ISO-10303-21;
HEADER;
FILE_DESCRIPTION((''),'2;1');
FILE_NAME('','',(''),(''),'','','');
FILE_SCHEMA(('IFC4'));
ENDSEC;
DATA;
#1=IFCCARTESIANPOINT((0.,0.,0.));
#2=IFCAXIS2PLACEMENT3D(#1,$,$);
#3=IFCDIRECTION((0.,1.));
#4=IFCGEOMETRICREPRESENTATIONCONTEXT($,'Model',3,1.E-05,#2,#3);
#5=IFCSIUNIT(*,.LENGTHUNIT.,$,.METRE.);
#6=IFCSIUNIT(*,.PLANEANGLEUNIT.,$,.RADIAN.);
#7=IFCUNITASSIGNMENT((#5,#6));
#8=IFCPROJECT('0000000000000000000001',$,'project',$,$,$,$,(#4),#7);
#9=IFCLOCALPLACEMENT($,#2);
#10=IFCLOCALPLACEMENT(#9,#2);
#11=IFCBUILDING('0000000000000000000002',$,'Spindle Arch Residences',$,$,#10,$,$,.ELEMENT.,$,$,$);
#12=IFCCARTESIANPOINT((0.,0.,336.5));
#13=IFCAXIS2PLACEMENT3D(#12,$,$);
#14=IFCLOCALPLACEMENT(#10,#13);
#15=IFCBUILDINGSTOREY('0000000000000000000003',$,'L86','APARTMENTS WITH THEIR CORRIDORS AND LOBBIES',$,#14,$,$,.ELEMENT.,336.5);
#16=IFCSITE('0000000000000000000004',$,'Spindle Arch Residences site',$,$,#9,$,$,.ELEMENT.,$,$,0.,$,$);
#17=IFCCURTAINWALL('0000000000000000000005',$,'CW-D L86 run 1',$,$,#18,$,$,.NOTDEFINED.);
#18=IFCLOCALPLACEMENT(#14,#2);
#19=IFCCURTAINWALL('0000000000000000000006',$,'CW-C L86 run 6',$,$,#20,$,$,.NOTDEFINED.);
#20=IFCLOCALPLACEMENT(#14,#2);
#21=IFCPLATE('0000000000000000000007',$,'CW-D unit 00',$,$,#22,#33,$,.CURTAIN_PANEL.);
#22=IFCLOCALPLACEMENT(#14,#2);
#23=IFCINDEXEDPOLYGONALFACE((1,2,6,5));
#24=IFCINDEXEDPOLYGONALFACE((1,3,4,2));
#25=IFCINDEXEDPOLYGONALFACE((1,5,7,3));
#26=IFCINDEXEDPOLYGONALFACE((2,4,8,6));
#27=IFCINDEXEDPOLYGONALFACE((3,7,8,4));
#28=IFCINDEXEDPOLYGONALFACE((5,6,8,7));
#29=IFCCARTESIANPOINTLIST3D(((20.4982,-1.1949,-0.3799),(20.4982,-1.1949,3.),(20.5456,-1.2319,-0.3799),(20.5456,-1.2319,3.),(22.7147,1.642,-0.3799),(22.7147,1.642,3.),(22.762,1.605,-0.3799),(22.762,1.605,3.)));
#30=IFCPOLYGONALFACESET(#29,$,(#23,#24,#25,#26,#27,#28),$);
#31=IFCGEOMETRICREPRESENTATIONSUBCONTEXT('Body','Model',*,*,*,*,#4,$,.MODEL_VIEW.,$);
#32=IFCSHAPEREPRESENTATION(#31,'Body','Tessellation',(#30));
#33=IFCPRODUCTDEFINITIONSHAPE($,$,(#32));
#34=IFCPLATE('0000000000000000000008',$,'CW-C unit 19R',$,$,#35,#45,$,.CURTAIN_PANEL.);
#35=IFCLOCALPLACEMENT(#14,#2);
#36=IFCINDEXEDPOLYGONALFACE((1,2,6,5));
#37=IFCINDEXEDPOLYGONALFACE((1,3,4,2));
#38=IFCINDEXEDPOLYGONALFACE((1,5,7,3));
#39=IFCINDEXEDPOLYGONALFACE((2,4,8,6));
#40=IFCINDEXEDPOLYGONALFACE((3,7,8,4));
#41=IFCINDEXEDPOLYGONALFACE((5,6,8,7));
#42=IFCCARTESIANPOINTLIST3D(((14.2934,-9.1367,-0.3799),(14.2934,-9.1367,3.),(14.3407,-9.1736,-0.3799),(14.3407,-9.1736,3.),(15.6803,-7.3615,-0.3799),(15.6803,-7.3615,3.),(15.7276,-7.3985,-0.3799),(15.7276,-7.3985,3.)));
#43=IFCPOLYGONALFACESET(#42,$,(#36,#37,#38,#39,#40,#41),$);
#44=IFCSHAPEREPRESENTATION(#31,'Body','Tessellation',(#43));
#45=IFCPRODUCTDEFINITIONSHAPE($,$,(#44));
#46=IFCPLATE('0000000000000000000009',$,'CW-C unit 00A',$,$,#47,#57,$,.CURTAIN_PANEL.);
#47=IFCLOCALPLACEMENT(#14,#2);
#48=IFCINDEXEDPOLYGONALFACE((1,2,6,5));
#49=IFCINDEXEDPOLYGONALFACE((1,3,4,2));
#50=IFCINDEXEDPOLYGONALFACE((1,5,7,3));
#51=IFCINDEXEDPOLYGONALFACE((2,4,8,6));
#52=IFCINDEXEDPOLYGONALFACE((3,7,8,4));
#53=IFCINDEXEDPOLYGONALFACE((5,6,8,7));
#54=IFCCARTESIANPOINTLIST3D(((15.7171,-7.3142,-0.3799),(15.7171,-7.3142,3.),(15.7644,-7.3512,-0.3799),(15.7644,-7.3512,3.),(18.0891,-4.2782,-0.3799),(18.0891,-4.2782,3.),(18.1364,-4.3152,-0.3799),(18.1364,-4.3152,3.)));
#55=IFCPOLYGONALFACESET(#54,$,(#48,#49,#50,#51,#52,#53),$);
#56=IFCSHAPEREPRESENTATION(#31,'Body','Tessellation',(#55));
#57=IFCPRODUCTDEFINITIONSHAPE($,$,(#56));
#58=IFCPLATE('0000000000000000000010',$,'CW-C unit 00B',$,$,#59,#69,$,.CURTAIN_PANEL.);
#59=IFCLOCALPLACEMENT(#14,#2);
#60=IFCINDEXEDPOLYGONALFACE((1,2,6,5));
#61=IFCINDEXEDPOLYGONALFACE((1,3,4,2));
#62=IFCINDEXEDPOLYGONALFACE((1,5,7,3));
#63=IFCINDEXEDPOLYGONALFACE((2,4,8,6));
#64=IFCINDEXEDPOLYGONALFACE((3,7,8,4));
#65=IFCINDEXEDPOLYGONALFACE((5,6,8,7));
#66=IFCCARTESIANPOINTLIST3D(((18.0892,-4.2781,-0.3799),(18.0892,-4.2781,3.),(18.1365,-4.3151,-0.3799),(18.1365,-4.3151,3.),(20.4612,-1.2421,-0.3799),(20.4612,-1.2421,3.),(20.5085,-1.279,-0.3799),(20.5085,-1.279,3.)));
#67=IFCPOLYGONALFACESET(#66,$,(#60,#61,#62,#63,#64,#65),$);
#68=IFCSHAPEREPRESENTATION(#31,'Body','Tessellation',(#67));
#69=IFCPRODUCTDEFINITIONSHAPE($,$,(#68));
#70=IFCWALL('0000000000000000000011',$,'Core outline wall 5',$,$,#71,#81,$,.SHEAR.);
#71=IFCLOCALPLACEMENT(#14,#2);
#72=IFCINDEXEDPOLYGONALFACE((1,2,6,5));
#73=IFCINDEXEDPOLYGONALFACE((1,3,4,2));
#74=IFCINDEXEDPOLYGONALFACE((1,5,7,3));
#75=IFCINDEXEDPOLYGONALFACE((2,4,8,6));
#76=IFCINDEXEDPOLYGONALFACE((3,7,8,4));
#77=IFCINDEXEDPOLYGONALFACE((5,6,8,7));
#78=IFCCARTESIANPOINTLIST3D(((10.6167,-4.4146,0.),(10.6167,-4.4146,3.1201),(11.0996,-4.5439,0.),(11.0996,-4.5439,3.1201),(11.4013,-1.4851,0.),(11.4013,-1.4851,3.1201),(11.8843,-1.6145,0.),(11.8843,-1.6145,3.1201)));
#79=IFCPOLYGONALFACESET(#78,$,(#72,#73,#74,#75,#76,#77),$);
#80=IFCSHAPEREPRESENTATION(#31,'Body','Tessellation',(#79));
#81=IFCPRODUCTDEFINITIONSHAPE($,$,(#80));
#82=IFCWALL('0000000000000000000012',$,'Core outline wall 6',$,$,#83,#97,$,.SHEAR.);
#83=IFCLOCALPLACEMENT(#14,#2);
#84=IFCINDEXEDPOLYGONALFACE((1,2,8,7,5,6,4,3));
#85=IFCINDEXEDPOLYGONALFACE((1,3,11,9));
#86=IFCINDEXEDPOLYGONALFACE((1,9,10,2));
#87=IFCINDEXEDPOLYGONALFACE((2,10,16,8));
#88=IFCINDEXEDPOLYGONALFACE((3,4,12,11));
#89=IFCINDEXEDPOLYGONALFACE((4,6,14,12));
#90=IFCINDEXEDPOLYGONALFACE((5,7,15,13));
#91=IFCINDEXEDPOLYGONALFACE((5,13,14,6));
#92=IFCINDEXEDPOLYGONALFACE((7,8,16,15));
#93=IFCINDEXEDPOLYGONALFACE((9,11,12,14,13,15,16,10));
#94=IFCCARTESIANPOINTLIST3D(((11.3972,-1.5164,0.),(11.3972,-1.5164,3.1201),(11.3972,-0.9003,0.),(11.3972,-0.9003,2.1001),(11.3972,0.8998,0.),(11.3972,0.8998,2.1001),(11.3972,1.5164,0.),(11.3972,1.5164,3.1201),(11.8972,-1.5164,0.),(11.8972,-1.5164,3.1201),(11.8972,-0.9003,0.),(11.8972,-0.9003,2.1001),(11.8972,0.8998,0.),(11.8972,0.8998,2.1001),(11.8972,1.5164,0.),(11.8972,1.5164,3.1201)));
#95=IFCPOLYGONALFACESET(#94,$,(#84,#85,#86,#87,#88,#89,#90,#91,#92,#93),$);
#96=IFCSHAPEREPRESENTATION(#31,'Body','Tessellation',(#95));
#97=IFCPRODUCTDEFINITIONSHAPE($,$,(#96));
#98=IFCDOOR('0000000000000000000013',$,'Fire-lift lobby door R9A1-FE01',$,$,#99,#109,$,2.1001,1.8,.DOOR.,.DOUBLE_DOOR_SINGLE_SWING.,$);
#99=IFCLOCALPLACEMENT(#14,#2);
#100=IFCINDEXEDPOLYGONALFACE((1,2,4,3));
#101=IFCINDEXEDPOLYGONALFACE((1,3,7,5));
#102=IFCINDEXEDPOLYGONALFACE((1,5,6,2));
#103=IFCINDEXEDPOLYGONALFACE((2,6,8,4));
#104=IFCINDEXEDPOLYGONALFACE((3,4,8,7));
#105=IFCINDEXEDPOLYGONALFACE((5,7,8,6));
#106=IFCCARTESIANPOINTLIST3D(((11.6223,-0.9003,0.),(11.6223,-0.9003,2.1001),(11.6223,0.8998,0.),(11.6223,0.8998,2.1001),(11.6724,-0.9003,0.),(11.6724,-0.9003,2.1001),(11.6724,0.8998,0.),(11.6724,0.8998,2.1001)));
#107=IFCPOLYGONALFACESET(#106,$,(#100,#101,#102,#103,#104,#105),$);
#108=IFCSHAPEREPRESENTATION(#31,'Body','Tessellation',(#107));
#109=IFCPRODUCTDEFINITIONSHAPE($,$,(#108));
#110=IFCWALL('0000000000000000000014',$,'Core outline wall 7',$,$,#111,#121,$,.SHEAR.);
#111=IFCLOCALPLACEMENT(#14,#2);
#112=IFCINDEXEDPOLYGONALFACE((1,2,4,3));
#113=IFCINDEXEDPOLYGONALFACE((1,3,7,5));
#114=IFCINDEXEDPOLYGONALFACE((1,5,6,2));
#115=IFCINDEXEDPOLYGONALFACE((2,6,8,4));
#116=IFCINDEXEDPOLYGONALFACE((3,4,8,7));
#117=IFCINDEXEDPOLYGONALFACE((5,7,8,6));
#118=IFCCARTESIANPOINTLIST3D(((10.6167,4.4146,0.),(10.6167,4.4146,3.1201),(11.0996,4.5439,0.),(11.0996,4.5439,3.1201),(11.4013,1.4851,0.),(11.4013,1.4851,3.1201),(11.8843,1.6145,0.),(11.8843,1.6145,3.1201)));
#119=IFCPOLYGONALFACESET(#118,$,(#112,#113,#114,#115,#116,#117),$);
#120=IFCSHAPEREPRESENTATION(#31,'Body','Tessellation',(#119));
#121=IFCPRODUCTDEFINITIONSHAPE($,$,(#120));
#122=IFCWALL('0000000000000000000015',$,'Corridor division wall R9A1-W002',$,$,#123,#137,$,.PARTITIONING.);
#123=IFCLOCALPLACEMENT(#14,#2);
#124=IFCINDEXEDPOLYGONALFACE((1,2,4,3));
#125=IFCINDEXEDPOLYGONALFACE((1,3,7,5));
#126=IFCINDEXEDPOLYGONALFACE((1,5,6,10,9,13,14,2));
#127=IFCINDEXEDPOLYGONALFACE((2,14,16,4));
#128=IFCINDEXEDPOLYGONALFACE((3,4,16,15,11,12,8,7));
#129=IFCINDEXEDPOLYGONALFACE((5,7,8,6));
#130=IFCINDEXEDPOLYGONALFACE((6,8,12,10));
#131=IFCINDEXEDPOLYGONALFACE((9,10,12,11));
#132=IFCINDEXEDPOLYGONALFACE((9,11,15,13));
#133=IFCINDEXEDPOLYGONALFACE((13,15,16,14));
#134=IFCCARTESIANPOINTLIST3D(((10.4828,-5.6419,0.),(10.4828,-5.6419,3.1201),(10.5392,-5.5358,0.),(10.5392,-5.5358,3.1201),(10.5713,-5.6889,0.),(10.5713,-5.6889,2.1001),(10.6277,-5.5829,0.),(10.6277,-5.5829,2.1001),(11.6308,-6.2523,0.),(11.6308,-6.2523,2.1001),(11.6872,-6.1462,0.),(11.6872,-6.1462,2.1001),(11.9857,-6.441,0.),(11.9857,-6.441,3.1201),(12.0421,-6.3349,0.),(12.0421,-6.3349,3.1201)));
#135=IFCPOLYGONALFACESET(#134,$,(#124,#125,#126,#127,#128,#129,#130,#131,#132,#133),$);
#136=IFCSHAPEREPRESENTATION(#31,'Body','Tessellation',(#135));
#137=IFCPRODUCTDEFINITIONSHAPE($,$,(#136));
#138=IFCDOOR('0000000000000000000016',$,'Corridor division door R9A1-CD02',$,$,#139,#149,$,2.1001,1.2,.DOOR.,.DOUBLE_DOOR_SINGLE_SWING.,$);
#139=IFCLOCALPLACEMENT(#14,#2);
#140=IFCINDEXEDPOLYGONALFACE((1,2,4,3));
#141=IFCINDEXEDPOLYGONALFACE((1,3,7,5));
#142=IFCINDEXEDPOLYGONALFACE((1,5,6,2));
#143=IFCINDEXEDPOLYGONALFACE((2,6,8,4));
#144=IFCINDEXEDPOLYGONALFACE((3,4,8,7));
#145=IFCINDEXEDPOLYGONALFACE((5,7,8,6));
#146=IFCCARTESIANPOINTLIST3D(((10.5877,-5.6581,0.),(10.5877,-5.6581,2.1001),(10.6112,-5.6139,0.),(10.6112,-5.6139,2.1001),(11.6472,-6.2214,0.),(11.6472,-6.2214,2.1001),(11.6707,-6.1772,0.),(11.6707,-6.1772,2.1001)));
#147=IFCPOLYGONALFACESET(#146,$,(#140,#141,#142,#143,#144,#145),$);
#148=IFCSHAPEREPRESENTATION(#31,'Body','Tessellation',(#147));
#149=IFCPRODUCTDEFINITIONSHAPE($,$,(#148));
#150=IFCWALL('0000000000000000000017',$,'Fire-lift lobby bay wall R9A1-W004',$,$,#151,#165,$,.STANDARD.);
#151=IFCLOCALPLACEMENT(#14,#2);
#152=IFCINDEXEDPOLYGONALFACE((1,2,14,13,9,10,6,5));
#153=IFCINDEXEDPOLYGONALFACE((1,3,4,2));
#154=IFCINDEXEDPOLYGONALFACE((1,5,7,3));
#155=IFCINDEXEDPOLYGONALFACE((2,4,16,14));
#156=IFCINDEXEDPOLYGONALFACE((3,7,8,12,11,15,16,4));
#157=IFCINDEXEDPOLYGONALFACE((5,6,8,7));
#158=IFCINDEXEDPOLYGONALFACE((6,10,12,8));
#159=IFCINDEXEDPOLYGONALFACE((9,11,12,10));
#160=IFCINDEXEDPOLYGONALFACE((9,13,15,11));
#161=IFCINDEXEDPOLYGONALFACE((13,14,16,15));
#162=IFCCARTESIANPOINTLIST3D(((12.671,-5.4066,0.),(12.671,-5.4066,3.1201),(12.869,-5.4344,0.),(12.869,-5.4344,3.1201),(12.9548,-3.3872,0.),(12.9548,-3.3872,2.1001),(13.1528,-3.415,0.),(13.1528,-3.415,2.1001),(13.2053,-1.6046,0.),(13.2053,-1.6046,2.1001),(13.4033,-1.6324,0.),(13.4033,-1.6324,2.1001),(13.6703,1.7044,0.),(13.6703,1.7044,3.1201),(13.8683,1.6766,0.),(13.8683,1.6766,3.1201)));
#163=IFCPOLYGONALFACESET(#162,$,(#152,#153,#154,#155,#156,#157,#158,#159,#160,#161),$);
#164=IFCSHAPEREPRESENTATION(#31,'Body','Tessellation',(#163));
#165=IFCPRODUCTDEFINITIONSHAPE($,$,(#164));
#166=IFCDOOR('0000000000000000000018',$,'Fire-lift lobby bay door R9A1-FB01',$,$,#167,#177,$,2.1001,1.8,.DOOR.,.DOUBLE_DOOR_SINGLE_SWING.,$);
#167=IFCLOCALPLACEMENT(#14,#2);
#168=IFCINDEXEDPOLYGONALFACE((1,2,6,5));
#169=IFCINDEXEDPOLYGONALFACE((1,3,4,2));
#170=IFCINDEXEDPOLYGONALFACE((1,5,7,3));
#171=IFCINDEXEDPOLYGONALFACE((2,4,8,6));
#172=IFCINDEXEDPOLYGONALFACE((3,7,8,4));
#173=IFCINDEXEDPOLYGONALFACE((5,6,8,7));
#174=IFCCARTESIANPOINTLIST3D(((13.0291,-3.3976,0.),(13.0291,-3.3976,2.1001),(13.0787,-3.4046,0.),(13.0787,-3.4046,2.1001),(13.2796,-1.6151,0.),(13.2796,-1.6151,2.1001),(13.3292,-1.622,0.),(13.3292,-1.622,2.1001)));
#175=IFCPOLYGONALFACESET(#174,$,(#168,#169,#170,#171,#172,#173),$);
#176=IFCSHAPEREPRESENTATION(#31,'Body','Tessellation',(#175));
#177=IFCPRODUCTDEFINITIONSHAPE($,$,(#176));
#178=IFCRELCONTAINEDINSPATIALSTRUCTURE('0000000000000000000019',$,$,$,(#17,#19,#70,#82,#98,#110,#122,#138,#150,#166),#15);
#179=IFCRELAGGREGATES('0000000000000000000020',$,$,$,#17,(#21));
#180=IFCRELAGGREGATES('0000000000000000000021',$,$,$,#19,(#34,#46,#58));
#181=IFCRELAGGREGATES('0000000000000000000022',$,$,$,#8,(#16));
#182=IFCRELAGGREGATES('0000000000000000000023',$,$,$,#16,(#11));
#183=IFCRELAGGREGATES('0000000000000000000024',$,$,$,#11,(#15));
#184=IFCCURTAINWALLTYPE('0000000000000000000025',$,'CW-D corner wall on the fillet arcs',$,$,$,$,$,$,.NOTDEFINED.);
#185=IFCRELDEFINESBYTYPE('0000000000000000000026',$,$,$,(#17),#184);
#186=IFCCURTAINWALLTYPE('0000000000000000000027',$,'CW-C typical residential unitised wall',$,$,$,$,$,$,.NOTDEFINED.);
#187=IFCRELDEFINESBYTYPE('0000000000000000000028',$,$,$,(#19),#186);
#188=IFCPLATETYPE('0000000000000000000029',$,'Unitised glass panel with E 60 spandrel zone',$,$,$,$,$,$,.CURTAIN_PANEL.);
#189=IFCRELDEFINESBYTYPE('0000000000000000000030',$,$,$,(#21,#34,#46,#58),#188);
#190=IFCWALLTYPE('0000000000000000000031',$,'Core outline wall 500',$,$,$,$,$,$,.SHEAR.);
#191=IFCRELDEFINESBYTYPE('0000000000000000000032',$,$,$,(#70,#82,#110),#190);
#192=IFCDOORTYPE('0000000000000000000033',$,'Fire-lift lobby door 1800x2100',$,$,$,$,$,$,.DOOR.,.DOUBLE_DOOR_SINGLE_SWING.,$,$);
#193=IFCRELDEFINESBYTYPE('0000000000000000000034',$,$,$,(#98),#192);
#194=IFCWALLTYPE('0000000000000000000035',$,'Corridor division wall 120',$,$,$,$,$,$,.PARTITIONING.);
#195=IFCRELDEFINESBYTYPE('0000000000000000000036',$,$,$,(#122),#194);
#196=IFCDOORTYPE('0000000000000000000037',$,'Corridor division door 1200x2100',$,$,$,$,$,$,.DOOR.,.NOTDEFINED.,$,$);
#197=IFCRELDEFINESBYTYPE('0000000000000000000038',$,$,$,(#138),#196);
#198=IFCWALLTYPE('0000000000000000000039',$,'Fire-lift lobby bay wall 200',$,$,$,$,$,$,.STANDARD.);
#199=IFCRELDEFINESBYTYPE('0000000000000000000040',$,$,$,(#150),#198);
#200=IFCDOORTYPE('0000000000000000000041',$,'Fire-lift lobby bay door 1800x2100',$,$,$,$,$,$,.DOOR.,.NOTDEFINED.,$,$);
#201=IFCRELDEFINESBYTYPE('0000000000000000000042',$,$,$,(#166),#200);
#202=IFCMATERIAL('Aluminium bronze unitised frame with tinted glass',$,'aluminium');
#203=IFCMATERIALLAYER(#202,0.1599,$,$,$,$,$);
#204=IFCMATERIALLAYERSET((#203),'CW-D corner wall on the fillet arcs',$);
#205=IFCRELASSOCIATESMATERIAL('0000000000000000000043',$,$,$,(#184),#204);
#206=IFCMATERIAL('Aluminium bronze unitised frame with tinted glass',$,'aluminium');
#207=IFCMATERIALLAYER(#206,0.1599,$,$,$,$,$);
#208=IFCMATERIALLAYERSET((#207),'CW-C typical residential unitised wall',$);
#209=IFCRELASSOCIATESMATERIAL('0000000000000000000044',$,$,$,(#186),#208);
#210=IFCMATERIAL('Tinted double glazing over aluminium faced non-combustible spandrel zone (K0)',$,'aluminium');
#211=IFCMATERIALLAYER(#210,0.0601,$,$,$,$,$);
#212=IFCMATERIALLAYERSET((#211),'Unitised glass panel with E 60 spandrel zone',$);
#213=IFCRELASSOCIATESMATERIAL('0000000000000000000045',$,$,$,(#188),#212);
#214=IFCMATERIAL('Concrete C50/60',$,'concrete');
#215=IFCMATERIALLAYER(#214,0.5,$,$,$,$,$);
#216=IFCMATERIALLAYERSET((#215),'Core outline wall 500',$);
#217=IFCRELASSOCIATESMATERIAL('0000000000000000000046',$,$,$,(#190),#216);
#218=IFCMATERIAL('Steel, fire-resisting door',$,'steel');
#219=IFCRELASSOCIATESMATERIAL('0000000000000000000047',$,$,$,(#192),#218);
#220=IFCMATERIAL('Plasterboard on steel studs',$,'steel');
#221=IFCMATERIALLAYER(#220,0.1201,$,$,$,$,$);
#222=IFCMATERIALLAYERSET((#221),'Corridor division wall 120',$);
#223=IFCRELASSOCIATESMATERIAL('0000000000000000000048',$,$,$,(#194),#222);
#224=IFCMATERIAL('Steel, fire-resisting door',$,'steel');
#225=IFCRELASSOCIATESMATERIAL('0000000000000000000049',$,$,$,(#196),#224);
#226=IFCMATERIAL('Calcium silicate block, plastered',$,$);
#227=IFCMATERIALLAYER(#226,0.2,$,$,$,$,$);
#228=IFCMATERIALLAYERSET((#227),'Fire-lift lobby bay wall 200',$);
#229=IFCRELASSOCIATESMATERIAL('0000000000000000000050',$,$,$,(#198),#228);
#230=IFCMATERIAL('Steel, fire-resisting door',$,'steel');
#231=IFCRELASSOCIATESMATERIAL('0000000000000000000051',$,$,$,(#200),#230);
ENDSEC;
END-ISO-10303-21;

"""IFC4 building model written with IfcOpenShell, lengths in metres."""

from ifc_helpers import new_model, si_unit, direction, frame, frame_2d, origin, origin_2d, place, context, subcontext, project, spatial, rectangle, extrude, material, layer, layer_set, type_object, element, fill, aggregate, save


model = new_model("IFC4")

# Units and contexts
model_context = context("Model", 3, precision=1e-05, world=origin(), true_north=direction((0.0, 1.0)))
body_context = subcontext(model_context, "Body", "Model", "MODEL_VIEW")
ifc_project = project(units=[si_unit("LENGTHUNIT", "METRE"), si_unit("PLANEANGLEUNIT", "RADIAN")], contexts=[model_context])

# Site, building, storey
site_placement = place(None, origin())
site = spatial("IfcSite", under=ifc_project, at=site_placement, Name="Spindle Arch Residences site", CompositionType="ELEMENT", RefElevation=0.0)
building_placement = place(site_placement, origin())
building = spatial("IfcBuilding", under=site, at=building_placement, Name="Spindle Arch Residences", CompositionType="ELEMENT")
storey_placement = place(building_placement, frame((0.0, 0.0, 336.5)))
storey = spatial("IfcBuildingStorey", under=building, at=storey_placement, Name="L86", Description="APARTMENTS WITH THEIR CORRIDORS AND LOBBIES", CompositionType="ELEMENT", Elevation=336.5)

# Curtain wall
ifc_material_1 = material(Name="Aluminium bronze unitised frame with tinted glass", Category="aluminium")
ifc_layer_1 = layer(ifc_material_1, 0.1599)
ifc_layer_set_1 = layer_set([ifc_layer_1], Name="CW-D corner wall on the fillet arcs")
curtain_wall_type_1 = type_object("IfcCurtainWallType", Name="CW-D corner wall on the fillet arcs", PredefinedType="NOTDEFINED", material=ifc_layer_set_1)
curtain_wall_1_placement = place(storey_placement, origin())
curtain_wall_1 = element("IfcCurtainWall", 1, at=curtain_wall_1_placement, inside=storey, type_object=curtain_wall_type_1, Name="CW-D L86 run 1", PredefinedType="NOTDEFINED")

# Curtain wall
ifc_material_2 = material(Name="Aluminium bronze unitised frame with tinted glass", Category="aluminium")
ifc_layer_2 = layer(ifc_material_2, 0.1599)
ifc_layer_set_2 = layer_set([ifc_layer_2], Name="CW-C typical residential unitised wall")
curtain_wall_type_2 = type_object("IfcCurtainWallType", Name="CW-C typical residential unitised wall", PredefinedType="NOTDEFINED", material=ifc_layer_set_2)
curtain_wall_2_placement = place(storey_placement, origin())
curtain_wall_2 = element("IfcCurtainWall", 2, at=curtain_wall_2_placement, inside=storey, type_object=curtain_wall_type_2, Name="CW-C L86 run 6", PredefinedType="NOTDEFINED")

# Plates
ifc_material_3 = material(Name="Tinted double glazing over aluminium faced non-combustible spandrel zone (K0)", Category="aluminium")
ifc_layer_3 = layer(ifc_material_3, 0.0601)
ifc_layer_set_3 = layer_set([ifc_layer_3], Name="Unitised glass panel with E 60 spandrel zone")
plate_type = type_object("IfcPlateType", Name="Unitised glass panel with E 60 spandrel zone", PredefinedType="CURTAIN_PANEL", material=ifc_layer_set_3)
plate_1_placement = place(storey_placement, frame((21.6301, 0.2051, -0.3799), z_axis=(0.0, 0.0, 1.0), x_axis=(0.615661, 0.788011, 0.0)))
plate_1 = element("IfcPlate", 3, at=plate_1_placement, type_object=plate_type, Name="CW-D unit 00", PredefinedType="CURTAIN_PANEL", context=body_context, shape_type="SweptSolid", body=[
    extrude(rectangle(XDim=3.6001, YDim=0.0601, at=origin_2d()), origin(), (0.0, 0.0, 1.0), 3.3799),
])
aggregate(curtain_wall_1, [plate_1])
plate_2_placement = place(storey_placement, frame((15.0105, -8.2676, -0.3799), z_axis=(0.0, 0.0, 1.0), x_axis=(0.615661, 0.788011, 0.0)))
plate_2 = element("IfcPlate", 4, at=plate_2_placement, type_object=plate_type, Name="CW-C unit 19R", PredefinedType="CURTAIN_PANEL", context=body_context, shape_type="SweptSolid", body=[
    extrude(rectangle(XDim=2.2527, YDim=0.0601, at=origin_2d()), origin(), (0.0, 0.0, 1.0), 3.3799),
])
plate_3_placement = place(storey_placement, frame((16.9268, -5.8147, -0.3799), z_axis=(0.0, 0.0, 1.0), x_axis=(0.615661, 0.788011, 0.0)))
plate_3 = element("IfcPlate", 5, at=plate_3_placement, type_object=plate_type, Name="CW-C unit 00A", PredefinedType="CURTAIN_PANEL", context=body_context, shape_type="SweptSolid", body=[
    extrude(rectangle(XDim=3.8528, YDim=0.0601, at=origin_2d()), origin(), (0.0, 0.0, 1.0), 3.3799),
])
plate_4_placement = place(storey_placement, frame((19.2988, -2.7786, -0.3799), z_axis=(0.0, 0.0, 1.0), x_axis=(0.615661, 0.788011, 0.0)))
plate_4 = element("IfcPlate", 6, at=plate_4_placement, type_object=plate_type, Name="CW-C unit 00B", PredefinedType="CURTAIN_PANEL", context=body_context, shape_type="SweptSolid", body=[
    extrude(rectangle(XDim=3.8528, YDim=0.0601, at=origin_2d()), origin(), (0.0, 0.0, 1.0), 3.3799),
])
aggregate(curtain_wall_2, [plate_2, plate_3, plate_4])

# Wall
ifc_material_4 = material(Name="Concrete C50/60", Category="concrete")
ifc_layer_4 = layer(ifc_material_4, 0.5)
ifc_layer_set_4 = layer_set([ifc_layer_4], Name="Core outline wall 500")
wall_type_1 = type_object("IfcWallType", Name="Core outline wall 500", PredefinedType="SHEAR", material=ifc_layer_set_4)
wall_1_placement = place(storey_placement, frame((10.8582, -4.4792, 0.0), z_axis=(0.0, 0.0, 1.0), x_axis=(0.258735, 0.965948, 0.0)))
element("IfcWall", 7, at=wall_1_placement, inside=storey, type_object=wall_type_1, Name="Core outline wall 5", PredefinedType="SHEAR", context=body_context, shape_type="SweptSolid", body=[
    extrude(rectangle(XDim=3.0327, YDim=0.5, at=frame_2d((1.5164, 0.0))), origin(), (0.0, 0.0, 1.0), 3.1201),
])

# Wall, opening, door
wall_2_placement = place(storey_placement, frame((11.6472, -1.5164, 0.0), z_axis=(0.0, 0.0, 1.0), x_axis=(0.0, 1.0, 0.0)))
wall_2 = element("IfcWall", 8, at=wall_2_placement, inside=storey, type_object=wall_type_1, Name="Core outline wall 6", PredefinedType="SHEAR", context=body_context, shape_type="SweptSolid", body=[
    extrude(rectangle(XDim=3.0327, YDim=0.5, at=frame_2d((1.5164, 0.0))), origin(), (0.0, 0.0, 1.0), 3.1201),
])
opening_1_placement = place(wall_2_placement, frame((0.6162, 0.0, 0.0)))
opening_1 = element("IfcOpeningElement", 9, at=opening_1_placement, cuts=wall_2, PredefinedType="OPENING", context=body_context, shape_type="SweptSolid", body=[
    extrude(rectangle(XDim=1.8, YDim=2.1001, at=frame_2d((0.8999, 1.05))), frame((0.0, 0.26, 0.0), z_axis=(0.0, -1.0, 0.0), x_axis=(1.0, 0.0, 0.0)), (0.0, 0.0, 1.0), 0.52),
])
ifc_material_5 = material(Name="Steel, fire-resisting door", Category="steel")
door_type_1 = type_object("IfcDoorType", Name="Fire-lift lobby door 1800x2100", OperationType="DOUBLE_DOOR_SINGLE_SWING", PredefinedType="DOOR", material=ifc_material_5)
door_1_placement = place(opening_1_placement, origin())
door_1 = element("IfcDoor", 10, at=door_1_placement, inside=storey, type_object=door_type_1, Name="Fire-lift lobby door R9A1-FE01", OperationType="DOUBLE_DOOR_SINGLE_SWING", OverallHeight=2.1001, OverallWidth=1.8, PredefinedType="DOOR", context=body_context, shape_type="SweptSolid", body=[
    extrude(rectangle(XDim=1.8, YDim=2.1001, at=frame_2d((0.8999, 1.05))), frame((0.0, 0.0249, 0.0), z_axis=(0.0, -1.0, 0.0), x_axis=(1.0, 0.0, 0.0)), (0.0, 0.0, 1.0), 0.05),
])
fill(opening_1, door_1)

# Wall
wall_3_placement = place(storey_placement, frame((11.6428, 1.5498, 0.0), z_axis=(0.0, 0.0, 1.0), x_axis=(-0.258735, 0.965948, 0.0)))
element("IfcWall", 11, at=wall_3_placement, inside=storey, type_object=wall_type_1, Name="Core outline wall 7", PredefinedType="SHEAR", context=body_context, shape_type="SweptSolid", body=[
    extrude(rectangle(XDim=3.0327, YDim=0.5, at=frame_2d((1.5164, 0.0))), origin(), (0.0, 0.0, 1.0), 3.1201),
])

# Walls, openings, doors
ifc_material_6 = material(Name="Plasterboard on steel studs", Category="steel")
ifc_layer_5 = layer(ifc_material_6, 0.1201)
ifc_layer_set_5 = layer_set([ifc_layer_5], Name="Corridor division wall 120")
wall_type_2 = type_object("IfcWallType", Name="Corridor division wall 120", PredefinedType="PARTITIONING", material=ifc_layer_set_5)
wall_4_placement = place(storey_placement, frame((10.511, -5.5889, 0.0), z_axis=(0.0, 0.0, 1.0), x_axis=(0.88296, -0.469449, 0.0)))
wall_4 = element("IfcWall", 12, at=wall_4_placement, inside=storey, type_object=wall_type_2, Name="Corridor division wall R9A1-W002", PredefinedType="PARTITIONING", context=body_context, shape_type="SweptSolid", body=[
    extrude(rectangle(XDim=1.7021, YDim=0.1201, at=frame_2d((0.8511, 0.0))), origin(), (0.0, 0.0, 1.0), 3.1201),
])
opening_2_placement = place(wall_4_placement, frame((0.1001, 0.0, 0.0)))
opening_2 = element("IfcOpeningElement", 13, at=opening_2_placement, cuts=wall_4, PredefinedType="OPENING", context=body_context, shape_type="SweptSolid", body=[
    extrude(rectangle(XDim=1.2, YDim=2.1001, at=frame_2d((0.6001, 1.05))), frame((0.0, 0.0701, 0.0), z_axis=(0.0, -1.0, 0.0), x_axis=(1.0, 0.0, 0.0)), (0.0, 0.0, 1.0), 0.1401),
])
ifc_material_7 = material(Name="Steel, fire-resisting door", Category="steel")
door_type_2 = type_object("IfcDoorType", Name="Corridor division door 1200x2100", OperationType="NOTDEFINED", PredefinedType="DOOR", material=ifc_material_7)
door_2_placement = place(opening_2_placement, origin())
door_2 = element("IfcDoor", 14, at=door_2_placement, inside=storey, type_object=door_type_2, Name="Corridor division door R9A1-CD02", OperationType="DOUBLE_DOOR_SINGLE_SWING", OverallHeight=2.1001, OverallWidth=1.2, PredefinedType="DOOR", context=body_context, shape_type="SweptSolid", body=[
    extrude(rectangle(XDim=1.2, YDim=2.1001, at=frame_2d((0.6001, 1.05))), frame((0.0, 0.0249, 0.0), z_axis=(0.0, -1.0, 0.0), x_axis=(1.0, 0.0, 0.0)), (0.0, 0.0, 1.0), 0.05),
])
fill(opening_2, door_2)
ifc_material_8 = material(Name="Calcium silicate block, plastered")
ifc_layer_6 = layer(ifc_material_8, 0.2)
ifc_layer_set_6 = layer_set([ifc_layer_6], Name="Fire-lift lobby bay wall 200")
wall_type_3 = type_object("IfcWallType", Name="Fire-lift lobby bay wall 200", PredefinedType="STANDARD", material=ifc_layer_set_6)
wall_5_placement = place(storey_placement, frame((12.77, -5.4204, 0.0), z_axis=(0.0, 0.0, 1.0), x_axis=(0.139155, 0.990271, 0.0)))
wall_5 = element("IfcWall", 15, at=wall_5_placement, inside=storey, type_object=wall_type_3, Name="Fire-lift lobby bay wall R9A1-W004", PredefinedType="STANDARD", context=body_context, shape_type="SweptSolid", body=[
    extrude(rectangle(XDim=7.1809, YDim=0.2, at=frame_2d((3.5903, 0.0))), origin(), (0.0, 0.0, 1.0), 3.1201),
])
opening_3_placement = place(wall_5_placement, frame((2.0393, 0.0, 0.0)))
opening_3 = element("IfcOpeningElement", 16, at=opening_3_placement, cuts=wall_5, PredefinedType="OPENING", context=body_context, shape_type="SweptSolid", body=[
    extrude(rectangle(XDim=1.8, YDim=2.1001, at=frame_2d((0.8999, 1.05))), frame((0.0, 0.1099, 0.0), z_axis=(0.0, -1.0, 0.0), x_axis=(1.0, 0.0, 0.0)), (0.0, 0.0, 1.0), 0.22),
])
ifc_material_9 = material(Name="Steel, fire-resisting door", Category="steel")
door_type_3 = type_object("IfcDoorType", Name="Fire-lift lobby bay door 1800x2100", OperationType="NOTDEFINED", PredefinedType="DOOR", material=ifc_material_9)
door_3_placement = place(opening_3_placement, origin())
door_3 = element("IfcDoor", 17, at=door_3_placement, inside=storey, type_object=door_type_3, Name="Fire-lift lobby bay door R9A1-FB01", OperationType="DOUBLE_DOOR_SINGLE_SWING", OverallHeight=2.1001, OverallWidth=1.8, PredefinedType="DOOR", context=body_context, shape_type="SweptSolid", body=[
    extrude(rectangle(XDim=1.8, YDim=2.1001, at=frame_2d((0.8999, 1.05))), frame((0.0, 0.0249, 0.0), z_axis=(0.0, -1.0, 0.0), x_axis=(1.0, 0.0, 0.0)), (0.0, 0.0, 1.0), 0.05),
])
fill(opening_3, door_3)

save(model, "model.ifc")
